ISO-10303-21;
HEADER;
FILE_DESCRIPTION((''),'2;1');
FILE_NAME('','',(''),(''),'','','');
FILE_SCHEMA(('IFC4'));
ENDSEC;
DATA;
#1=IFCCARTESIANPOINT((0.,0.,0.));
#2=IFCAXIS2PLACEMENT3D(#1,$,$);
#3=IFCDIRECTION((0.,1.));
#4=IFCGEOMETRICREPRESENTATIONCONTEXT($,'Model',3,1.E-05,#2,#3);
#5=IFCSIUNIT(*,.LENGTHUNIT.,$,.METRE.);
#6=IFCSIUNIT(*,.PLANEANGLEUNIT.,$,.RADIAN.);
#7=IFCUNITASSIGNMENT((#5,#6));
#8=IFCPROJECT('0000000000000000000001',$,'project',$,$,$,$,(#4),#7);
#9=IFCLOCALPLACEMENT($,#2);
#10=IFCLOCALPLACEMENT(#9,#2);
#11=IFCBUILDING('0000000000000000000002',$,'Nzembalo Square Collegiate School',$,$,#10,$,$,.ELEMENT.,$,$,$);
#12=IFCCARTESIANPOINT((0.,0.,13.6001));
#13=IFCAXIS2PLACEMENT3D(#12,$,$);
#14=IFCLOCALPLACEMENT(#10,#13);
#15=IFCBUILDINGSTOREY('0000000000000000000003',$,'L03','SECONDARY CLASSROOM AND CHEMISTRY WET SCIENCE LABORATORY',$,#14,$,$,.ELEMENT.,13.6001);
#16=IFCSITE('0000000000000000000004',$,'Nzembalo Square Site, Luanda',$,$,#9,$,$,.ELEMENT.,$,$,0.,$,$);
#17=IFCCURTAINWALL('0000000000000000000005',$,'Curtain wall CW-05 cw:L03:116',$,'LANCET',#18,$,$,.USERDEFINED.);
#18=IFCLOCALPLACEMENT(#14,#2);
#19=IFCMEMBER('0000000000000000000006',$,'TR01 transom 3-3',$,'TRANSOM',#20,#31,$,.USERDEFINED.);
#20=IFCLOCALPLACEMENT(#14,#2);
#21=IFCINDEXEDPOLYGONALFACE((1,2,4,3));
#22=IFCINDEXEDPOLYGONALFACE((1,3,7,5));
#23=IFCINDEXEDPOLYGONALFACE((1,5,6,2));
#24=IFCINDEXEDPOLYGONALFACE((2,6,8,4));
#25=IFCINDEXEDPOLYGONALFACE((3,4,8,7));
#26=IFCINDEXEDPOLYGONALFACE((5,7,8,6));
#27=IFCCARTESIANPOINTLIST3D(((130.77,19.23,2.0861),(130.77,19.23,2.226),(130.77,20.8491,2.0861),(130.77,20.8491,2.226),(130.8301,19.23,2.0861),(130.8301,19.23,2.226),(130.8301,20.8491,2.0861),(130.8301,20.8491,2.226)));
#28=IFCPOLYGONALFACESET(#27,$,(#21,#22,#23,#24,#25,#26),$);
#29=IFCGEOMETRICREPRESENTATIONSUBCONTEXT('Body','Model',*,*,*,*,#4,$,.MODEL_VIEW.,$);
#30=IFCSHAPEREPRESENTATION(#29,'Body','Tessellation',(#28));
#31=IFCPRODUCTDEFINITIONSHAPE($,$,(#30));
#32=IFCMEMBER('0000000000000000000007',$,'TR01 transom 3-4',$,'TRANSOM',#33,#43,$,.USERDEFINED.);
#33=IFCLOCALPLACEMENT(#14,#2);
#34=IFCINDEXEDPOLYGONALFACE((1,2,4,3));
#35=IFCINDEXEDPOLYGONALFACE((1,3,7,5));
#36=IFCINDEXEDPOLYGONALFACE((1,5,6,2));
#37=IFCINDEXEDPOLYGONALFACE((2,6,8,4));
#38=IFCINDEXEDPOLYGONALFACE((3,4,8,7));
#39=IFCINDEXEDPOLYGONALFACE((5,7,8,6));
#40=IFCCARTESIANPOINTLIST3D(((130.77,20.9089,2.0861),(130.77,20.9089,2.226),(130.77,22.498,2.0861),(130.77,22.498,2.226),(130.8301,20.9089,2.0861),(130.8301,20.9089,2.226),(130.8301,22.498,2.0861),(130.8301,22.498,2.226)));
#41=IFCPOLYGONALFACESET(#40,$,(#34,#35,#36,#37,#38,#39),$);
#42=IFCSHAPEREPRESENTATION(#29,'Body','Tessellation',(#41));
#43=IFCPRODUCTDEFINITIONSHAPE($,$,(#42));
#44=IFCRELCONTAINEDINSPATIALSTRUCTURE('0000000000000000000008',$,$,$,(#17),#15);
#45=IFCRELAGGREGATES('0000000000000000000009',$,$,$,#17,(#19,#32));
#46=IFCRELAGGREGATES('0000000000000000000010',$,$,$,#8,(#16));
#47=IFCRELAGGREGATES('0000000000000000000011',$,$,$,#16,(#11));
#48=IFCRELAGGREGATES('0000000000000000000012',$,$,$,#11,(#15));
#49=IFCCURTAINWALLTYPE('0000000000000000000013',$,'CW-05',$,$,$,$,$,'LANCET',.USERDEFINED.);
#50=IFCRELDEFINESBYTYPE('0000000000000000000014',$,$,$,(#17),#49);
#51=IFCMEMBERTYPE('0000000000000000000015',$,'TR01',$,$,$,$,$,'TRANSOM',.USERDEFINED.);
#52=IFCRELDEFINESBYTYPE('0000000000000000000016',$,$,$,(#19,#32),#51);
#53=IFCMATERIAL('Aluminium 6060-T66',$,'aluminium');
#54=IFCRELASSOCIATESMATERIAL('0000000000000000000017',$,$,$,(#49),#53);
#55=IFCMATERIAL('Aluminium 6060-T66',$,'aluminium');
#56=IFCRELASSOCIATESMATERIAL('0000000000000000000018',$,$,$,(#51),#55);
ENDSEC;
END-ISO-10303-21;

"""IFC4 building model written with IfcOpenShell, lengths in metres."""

from ifc_helpers import new_model, si_unit, direction, frame, origin, origin_2d, place, context, subcontext, project, spatial, rectangle, extrude, material, material_profile, profile_set, type_object, element, aggregate, save


model = new_model("IFC4")

# Units and contexts
model_context = context("Model", 3, precision=1e-05, world=origin(), true_north=direction((0.0, 1.0)))
body_context = subcontext(model_context, "Body", "Model", "MODEL_VIEW")
ifc_project = project(units=[si_unit("LENGTHUNIT", "METRE"), si_unit("PLANEANGLEUNIT", "RADIAN")], contexts=[model_context])

# Site, building, storey
site_placement = place(None, origin())
site = spatial("IfcSite", under=ifc_project, at=site_placement, Name="Nzembalo Square Site, Luanda", CompositionType="ELEMENT", RefElevation=0.0)
building_placement = place(site_placement, origin())
building = spatial("IfcBuilding", under=site, at=building_placement, Name="Nzembalo Square Collegiate School", CompositionType="ELEMENT")
storey_placement = place(building_placement, frame((0.0, 0.0, 13.6001)))
storey = spatial("IfcBuildingStorey", under=building, at=storey_placement, Name="L03", Description="SECONDARY CLASSROOM AND CHEMISTRY WET SCIENCE LABORATORY", CompositionType="ELEMENT", Elevation=13.6001)

# Curtain wall, members
ifc_material_1 = material(Name="Aluminium 6060-T66", Category="aluminium")
curtain_wall_type = type_object("IfcCurtainWallType", Name="CW-05", ElementType="LANCET", PredefinedType="USERDEFINED", material=ifc_material_1)
curtain_wall_placement = place(storey_placement, origin())
curtain_wall = element("IfcCurtainWall", 1, at=curtain_wall_placement, inside=storey, type_object=curtain_wall_type, Name="Curtain wall CW-05 cw:L03:116", ObjectType="LANCET", PredefinedType="USERDEFINED")
ifc_material_2 = material(Name="Aluminium 6060-T66", Category="aluminium")
ifc_material_profile_1 = material_profile(ifc_material_2, rectangle(XDim=0.0601, YDim=0.1399, at=origin_2d()), Name="ALU T60x140")
ifc_profile_set_1 = profile_set([ifc_material_profile_1], Name="Aluminium 6060-T66")
member_type_1 = type_object("IfcMemberType", Name="TR01", ElementType="TRANSOM", PredefinedType="USERDEFINED", material=ifc_profile_set_1)
member_1_placement = place(storey_placement, frame((130.8, 19.23, 2.156), z_axis=(0.0, 1.0, 0.0), x_axis=(-1.0, 0.0, 0.0)))
member_1 = element("IfcMember", 2, at=member_1_placement, type_object=member_type_1, Name="TR01 transom 3-3", ObjectType="TRANSOM", PredefinedType="USERDEFINED", context=body_context, shape_type="SweptSolid", body=[
    extrude(rectangle(XDim=0.0601, YDim=0.1399, at=origin_2d()), origin(), (0.0, 0.0, 1.0), 1.6191),
])
member_2_placement = place(storey_placement, frame((130.8, 20.9089, 2.156), z_axis=(0.0, 1.0, 0.0), x_axis=(-1.0, 0.0, 0.0)))
member_2 = element("IfcMember", 3, at=member_2_placement, type_object=member_type_1, Name="TR01 transom 3-4", ObjectType="TRANSOM", PredefinedType="USERDEFINED", context=body_context, shape_type="SweptSolid", body=[
    extrude(rectangle(XDim=0.0601, YDim=0.1399, at=origin_2d()), origin(), (0.0, 0.0, 1.0), 1.5891),
])
aggregate(curtain_wall, [member_1, member_2])

save(model, "model.ifc")
